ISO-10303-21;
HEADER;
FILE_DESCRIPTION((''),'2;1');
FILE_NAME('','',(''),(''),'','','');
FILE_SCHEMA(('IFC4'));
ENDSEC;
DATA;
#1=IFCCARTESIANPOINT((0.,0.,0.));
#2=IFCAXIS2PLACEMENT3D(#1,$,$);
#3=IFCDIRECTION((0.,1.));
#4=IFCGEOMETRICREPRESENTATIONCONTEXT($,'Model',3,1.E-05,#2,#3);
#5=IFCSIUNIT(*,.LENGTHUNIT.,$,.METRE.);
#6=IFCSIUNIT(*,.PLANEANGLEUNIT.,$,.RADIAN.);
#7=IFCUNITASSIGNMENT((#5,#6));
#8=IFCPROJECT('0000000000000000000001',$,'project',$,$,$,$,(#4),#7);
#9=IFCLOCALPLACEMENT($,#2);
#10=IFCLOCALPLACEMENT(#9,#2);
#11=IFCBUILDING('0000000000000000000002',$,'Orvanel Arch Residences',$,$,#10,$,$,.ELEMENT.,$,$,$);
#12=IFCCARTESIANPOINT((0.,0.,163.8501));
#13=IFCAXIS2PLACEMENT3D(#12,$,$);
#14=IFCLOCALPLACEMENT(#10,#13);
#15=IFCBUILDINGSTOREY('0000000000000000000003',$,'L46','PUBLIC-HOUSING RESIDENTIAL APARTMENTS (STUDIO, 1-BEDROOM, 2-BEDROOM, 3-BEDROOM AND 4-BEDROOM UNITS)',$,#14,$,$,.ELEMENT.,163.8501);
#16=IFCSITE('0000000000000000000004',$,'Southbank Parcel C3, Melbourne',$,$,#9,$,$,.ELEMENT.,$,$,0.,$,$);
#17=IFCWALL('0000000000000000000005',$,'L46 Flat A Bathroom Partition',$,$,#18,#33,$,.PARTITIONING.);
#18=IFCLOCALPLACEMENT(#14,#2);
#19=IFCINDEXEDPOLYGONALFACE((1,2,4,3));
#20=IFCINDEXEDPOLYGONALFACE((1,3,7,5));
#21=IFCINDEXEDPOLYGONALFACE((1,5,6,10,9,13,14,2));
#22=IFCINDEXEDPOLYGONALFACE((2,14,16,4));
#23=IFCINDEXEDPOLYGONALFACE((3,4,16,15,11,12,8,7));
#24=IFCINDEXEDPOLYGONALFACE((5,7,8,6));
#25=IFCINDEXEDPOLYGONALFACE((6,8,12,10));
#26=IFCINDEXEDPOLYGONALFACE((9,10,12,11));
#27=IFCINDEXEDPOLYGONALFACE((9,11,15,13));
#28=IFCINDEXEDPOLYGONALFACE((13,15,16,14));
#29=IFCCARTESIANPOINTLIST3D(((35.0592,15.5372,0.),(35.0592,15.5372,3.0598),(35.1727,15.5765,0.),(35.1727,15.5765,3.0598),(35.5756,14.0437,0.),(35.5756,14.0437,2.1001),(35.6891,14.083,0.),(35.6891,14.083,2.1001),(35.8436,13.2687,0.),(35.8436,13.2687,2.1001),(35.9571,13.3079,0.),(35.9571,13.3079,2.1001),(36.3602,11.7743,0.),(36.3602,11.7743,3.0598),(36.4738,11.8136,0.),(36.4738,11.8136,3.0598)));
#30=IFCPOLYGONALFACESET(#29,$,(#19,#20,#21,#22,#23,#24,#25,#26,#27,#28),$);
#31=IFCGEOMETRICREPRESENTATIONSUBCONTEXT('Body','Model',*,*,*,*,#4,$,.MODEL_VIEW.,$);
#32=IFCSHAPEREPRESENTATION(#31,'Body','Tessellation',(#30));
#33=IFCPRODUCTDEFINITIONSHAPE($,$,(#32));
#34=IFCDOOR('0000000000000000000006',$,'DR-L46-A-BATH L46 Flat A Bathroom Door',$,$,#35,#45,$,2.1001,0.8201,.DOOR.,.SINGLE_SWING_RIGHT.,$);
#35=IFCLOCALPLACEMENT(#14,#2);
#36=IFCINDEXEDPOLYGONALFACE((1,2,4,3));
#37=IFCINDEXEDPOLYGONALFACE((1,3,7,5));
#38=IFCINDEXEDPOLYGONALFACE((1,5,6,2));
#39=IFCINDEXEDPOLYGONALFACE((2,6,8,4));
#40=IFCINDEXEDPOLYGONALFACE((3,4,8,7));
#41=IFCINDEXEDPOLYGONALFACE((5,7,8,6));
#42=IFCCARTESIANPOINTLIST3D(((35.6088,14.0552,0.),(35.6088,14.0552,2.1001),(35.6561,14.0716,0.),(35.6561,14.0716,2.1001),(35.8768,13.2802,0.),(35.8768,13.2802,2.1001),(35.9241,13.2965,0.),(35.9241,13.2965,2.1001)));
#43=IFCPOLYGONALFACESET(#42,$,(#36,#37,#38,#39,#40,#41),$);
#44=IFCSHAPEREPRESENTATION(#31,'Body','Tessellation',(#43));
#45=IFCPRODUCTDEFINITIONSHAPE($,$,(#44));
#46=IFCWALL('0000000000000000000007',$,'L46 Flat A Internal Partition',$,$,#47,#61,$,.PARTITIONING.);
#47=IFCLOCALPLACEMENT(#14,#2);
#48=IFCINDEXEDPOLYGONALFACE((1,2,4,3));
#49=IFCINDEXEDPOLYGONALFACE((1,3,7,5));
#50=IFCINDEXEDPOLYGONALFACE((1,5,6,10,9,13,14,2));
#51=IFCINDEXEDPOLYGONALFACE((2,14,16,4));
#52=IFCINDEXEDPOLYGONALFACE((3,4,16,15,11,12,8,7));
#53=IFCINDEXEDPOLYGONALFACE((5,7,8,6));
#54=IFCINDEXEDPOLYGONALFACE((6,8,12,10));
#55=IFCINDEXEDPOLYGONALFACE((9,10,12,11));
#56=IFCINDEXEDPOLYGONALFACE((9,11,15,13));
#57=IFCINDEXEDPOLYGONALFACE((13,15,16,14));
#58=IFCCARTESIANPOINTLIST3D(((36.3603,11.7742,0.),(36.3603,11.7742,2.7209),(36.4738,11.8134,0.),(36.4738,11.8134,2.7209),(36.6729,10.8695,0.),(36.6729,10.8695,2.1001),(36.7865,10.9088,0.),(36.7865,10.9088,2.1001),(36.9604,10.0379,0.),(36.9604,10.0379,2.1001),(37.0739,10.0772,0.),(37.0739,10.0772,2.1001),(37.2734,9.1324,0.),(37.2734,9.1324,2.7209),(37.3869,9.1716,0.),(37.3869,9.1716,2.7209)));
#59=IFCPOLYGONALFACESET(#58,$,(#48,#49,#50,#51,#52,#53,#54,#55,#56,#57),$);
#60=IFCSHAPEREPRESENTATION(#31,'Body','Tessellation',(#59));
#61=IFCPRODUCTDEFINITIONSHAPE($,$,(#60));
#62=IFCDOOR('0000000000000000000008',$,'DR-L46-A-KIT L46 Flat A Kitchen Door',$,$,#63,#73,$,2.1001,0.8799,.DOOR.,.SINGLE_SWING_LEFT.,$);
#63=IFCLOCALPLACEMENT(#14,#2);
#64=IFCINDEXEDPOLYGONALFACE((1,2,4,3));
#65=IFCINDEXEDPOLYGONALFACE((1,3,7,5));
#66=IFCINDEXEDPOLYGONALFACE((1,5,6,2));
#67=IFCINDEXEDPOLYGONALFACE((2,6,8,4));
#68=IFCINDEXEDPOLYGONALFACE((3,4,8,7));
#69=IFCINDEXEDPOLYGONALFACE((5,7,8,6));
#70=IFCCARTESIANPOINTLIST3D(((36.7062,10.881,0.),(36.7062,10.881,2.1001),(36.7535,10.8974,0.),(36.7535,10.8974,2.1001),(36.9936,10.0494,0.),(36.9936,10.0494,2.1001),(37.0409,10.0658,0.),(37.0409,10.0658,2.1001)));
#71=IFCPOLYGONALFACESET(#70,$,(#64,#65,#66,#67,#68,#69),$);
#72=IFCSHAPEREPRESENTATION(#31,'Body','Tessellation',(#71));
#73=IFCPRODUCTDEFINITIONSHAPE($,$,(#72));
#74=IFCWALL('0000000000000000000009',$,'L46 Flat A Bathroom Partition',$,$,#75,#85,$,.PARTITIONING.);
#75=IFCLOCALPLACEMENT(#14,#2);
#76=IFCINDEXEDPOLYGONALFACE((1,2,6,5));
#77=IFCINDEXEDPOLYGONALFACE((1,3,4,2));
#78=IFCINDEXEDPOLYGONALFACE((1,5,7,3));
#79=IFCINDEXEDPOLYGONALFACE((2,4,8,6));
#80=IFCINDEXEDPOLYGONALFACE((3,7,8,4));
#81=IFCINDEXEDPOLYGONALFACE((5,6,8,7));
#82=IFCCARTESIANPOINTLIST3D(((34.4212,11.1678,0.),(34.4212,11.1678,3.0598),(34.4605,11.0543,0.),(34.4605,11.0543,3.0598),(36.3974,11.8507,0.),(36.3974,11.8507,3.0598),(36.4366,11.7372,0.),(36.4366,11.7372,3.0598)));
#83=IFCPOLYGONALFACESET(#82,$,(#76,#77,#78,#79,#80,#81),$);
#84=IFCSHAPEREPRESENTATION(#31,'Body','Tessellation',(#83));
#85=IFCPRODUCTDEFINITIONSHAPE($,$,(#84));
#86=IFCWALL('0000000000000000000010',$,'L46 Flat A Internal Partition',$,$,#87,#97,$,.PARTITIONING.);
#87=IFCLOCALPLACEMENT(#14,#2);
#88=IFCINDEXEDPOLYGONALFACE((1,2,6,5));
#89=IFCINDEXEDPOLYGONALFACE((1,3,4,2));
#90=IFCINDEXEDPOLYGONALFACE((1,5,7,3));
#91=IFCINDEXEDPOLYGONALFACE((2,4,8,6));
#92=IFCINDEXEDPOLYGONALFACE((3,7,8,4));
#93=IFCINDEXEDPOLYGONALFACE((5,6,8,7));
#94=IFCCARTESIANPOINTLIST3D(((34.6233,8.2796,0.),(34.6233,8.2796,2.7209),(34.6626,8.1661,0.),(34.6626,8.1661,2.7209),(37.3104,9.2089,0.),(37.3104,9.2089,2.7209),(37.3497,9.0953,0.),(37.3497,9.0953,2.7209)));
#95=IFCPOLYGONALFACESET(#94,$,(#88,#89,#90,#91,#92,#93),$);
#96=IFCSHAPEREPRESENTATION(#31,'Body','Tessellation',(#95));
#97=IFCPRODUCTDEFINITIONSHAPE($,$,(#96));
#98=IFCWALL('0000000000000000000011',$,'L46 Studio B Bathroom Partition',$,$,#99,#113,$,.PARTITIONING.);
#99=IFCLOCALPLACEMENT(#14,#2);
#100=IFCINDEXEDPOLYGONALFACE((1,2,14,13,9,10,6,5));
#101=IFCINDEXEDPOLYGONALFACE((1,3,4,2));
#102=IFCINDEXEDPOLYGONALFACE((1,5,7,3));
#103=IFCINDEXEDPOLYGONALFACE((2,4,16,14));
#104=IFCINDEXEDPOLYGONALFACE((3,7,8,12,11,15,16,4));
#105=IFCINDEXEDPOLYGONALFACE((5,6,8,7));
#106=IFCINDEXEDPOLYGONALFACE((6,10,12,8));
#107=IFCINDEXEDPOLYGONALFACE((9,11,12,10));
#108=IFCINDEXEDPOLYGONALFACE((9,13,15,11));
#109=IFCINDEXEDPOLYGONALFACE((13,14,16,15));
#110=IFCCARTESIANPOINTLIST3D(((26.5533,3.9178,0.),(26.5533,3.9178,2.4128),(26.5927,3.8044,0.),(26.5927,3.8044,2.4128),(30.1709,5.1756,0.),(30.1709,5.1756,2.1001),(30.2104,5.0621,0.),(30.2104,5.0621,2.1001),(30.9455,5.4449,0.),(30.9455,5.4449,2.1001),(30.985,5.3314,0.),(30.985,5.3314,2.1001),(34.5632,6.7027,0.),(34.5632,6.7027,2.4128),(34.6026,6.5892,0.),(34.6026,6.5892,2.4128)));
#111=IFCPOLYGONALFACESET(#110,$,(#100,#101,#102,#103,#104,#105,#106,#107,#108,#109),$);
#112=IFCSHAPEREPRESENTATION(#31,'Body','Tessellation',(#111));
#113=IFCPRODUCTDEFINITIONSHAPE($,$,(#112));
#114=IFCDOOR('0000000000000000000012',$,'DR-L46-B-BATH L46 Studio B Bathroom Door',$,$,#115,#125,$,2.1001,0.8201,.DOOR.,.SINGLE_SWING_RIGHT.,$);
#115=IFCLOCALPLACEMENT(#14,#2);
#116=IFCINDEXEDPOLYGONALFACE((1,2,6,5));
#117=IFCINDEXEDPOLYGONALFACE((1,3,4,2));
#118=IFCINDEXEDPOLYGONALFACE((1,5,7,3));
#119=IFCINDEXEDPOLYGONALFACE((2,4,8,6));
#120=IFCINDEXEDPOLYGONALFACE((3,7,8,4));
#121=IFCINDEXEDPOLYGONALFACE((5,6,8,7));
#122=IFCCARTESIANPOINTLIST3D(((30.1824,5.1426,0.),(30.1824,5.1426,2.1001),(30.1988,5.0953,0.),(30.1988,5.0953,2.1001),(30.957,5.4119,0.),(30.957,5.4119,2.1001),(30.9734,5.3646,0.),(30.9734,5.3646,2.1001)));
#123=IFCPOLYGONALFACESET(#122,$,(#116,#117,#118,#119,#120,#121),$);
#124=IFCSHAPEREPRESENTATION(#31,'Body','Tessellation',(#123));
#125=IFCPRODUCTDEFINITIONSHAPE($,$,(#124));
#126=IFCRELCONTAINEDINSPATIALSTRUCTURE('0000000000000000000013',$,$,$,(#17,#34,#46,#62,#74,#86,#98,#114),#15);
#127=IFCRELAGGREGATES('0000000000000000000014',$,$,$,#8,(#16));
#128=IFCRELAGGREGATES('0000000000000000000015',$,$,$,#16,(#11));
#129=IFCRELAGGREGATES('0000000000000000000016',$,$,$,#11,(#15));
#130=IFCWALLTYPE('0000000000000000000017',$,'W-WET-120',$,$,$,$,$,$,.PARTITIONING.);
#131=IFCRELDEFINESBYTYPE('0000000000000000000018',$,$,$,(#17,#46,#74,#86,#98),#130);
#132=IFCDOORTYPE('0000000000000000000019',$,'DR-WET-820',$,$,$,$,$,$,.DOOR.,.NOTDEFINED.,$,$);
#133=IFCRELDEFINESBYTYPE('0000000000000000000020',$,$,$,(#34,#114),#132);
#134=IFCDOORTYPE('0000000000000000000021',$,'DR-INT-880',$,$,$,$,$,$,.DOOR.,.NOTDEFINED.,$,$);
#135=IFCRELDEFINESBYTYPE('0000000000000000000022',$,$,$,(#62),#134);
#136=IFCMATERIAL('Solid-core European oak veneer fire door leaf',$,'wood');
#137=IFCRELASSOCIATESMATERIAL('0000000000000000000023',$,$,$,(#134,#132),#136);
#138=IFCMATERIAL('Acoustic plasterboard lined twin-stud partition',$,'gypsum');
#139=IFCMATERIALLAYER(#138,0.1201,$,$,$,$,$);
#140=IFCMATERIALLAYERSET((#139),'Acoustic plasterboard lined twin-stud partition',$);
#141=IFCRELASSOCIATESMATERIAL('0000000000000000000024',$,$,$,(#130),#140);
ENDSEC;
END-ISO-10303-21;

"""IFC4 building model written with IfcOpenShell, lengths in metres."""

from ifc_helpers import new_model, si_unit, direction, frame, frame_2d, origin, place, context, subcontext, project, spatial, rectangle, extrude, material, layer, layer_set, type_object, element, fill, save


model = new_model("IFC4")

# Units and contexts
model_context = context("Model", 3, precision=1e-05, world=origin(), true_north=direction((0.0, 1.0)))
body_context = subcontext(model_context, "Body", "Model", "MODEL_VIEW")
ifc_project = project(units=[si_unit("LENGTHUNIT", "METRE"), si_unit("PLANEANGLEUNIT", "RADIAN")], contexts=[model_context])

# Site, building, storey
site_placement = place(None, origin())
site = spatial("IfcSite", under=ifc_project, at=site_placement, Name="Southbank Parcel C3, Melbourne", CompositionType="ELEMENT", RefElevation=0.0)
building_placement = place(site_placement, origin())
building = spatial("IfcBuilding", under=site, at=building_placement, Name="Orvanel Arch Residences", CompositionType="ELEMENT")
storey_placement = place(building_placement, frame((0.0, 0.0, 163.8501)))
storey = spatial("IfcBuildingStorey", under=building, at=storey_placement, Name="L46", Description="PUBLIC-HOUSING RESIDENTIAL APARTMENTS (STUDIO, 1-BEDROOM, 2-BEDROOM, 3-BEDROOM AND 4-BEDROOM UNITS)", CompositionType="ELEMENT", Elevation=163.8501)

# Shared definitions
ifc_material_1 = material(Name="Solid-core European oak veneer fire door leaf", Category="wood")
door_type_1 = type_object("IfcDoorType", Name="DR-INT-880", OperationType="NOTDEFINED", PredefinedType="DOOR", material=ifc_material_1)

# Walls, openings, doors
ifc_material_2 = material(Name="Acoustic plasterboard lined twin-stud partition", Category="gypsum")
ifc_layer_1 = layer(ifc_material_2, 0.1201)
ifc_layer_set_1 = layer_set([ifc_layer_1], Name="Acoustic plasterboard lined twin-stud partition")
wall_type_1 = type_object("IfcWallType", Name="W-WET-120", PredefinedType="PARTITIONING", material=ifc_layer_set_1)
wall_1_placement = place(storey_placement, frame((36.417, 11.7939, 0.0), z_axis=(0.0, 0.0, 1.0), x_axis=(-0.326767, 0.945105, 0.0)))
wall_1 = element("IfcWall", 1, at=wall_1_placement, inside=storey, type_object=wall_type_1, Name="L46 Flat A Bathroom Partition", PredefinedType="PARTITIONING", context=body_context, shape_type="SweptSolid", body=[
    extrude(rectangle(XDim=3.9814, YDim=0.1201, at=frame_2d((1.9907, 0.0))), origin(), (0.0, 0.0, 1.0), 3.0598),
])
opening_1_placement = place(wall_1_placement, frame((1.5811, 0.0, 0.0)))
opening_1 = element("IfcOpeningElement", 2, at=opening_1_placement, cuts=wall_1, PredefinedType="OPENING", context=body_context, shape_type="SweptSolid", body=[
    extrude(rectangle(XDim=0.8201, YDim=2.1001, at=frame_2d((0.4102, 1.05))), frame((0.0, 0.0701, 0.0), z_axis=(0.0, -1.0, 0.0), x_axis=(1.0, 0.0, 0.0)), (0.0, 0.0, 1.0), 0.1401),
])
door_type_2 = type_object("IfcDoorType", Name="DR-WET-820", OperationType="NOTDEFINED", PredefinedType="DOOR", material=ifc_material_1)
door_1_placement = place(opening_1_placement, origin())
door_1 = element("IfcDoor", 3, at=door_1_placement, inside=storey, type_object=door_type_2, Name="DR-L46-A-BATH L46 Flat A Bathroom Door", OperationType="SINGLE_SWING_RIGHT", OverallHeight=2.1001, OverallWidth=0.8201, PredefinedType="DOOR", context=body_context, shape_type="SweptSolid", body=[
    extrude(rectangle(XDim=0.8201, YDim=2.1001, at=frame_2d((0.4102, 1.05))), frame((0.0, 0.0249, 0.0), z_axis=(0.0, -1.0, 0.0), x_axis=(1.0, 0.0, 0.0)), (0.0, 0.0, 1.0), 0.05),
])
fill(opening_1, door_1)
wall_2_placement = place(storey_placement, frame((37.3301, 9.1521, 0.0), z_axis=(0.0, 0.0, 1.0), x_axis=(-0.326664, 0.945141, 0.0)))
wall_2 = element("IfcWall", 4, at=wall_2_placement, inside=storey, type_object=wall_type_1, Name="L46 Flat A Internal Partition", PredefinedType="PARTITIONING", context=body_context, shape_type="SweptSolid", body=[
    extrude(rectangle(XDim=2.7952, YDim=0.1201, at=frame_2d((1.3975, 0.0))), origin(), (0.0, 0.0, 1.0), 2.7209),
])
opening_2_placement = place(wall_2_placement, frame((0.958, 0.0, 0.0)))
opening_2 = element("IfcOpeningElement", 5, at=opening_2_placement, cuts=wall_2, PredefinedType="OPENING", context=body_context, shape_type="SweptSolid", body=[
    extrude(rectangle(XDim=0.8799, YDim=2.1001, at=frame_2d((0.4399, 1.05))), frame((0.0, 0.0701, 0.0), z_axis=(0.0, -1.0, 0.0), x_axis=(1.0, 0.0, 0.0)), (0.0, 0.0, 1.0), 0.1401),
])
door_2_placement = place(opening_2_placement, origin())
door_2 = element("IfcDoor", 6, at=door_2_placement, inside=storey, type_object=door_type_1, Name="DR-L46-A-KIT L46 Flat A Kitchen Door", OperationType="SINGLE_SWING_LEFT", OverallHeight=2.1001, OverallWidth=0.8799, PredefinedType="DOOR", context=body_context, shape_type="SweptSolid", body=[
    extrude(rectangle(XDim=0.8799, YDim=2.1001, at=frame_2d((0.4399, 1.05))), frame((0.0, 0.0249, 0.0), z_axis=(0.0, -1.0, 0.0), x_axis=(1.0, 0.0, 0.0)), (0.0, 0.0, 1.0), 0.05),
])
fill(opening_2, door_2)

# Walls
wall_3_placement = place(storey_placement, frame((36.417, 11.7939, 0.0), z_axis=(0.0, 0.0, 1.0), x_axis=(-0.945158, -0.326613, 0.0)))
element("IfcWall", 7, at=wall_3_placement, inside=storey, type_object=wall_type_1, Name="L46 Flat A Bathroom Partition", PredefinedType="PARTITIONING", context=body_context, shape_type="SweptSolid", body=[
    extrude(rectangle(XDim=2.0908, YDim=0.1201, at=frame_2d((1.0454, 0.0))), origin(), (0.0, 0.0, 1.0), 3.0598),
])
wall_4_placement = place(storey_placement, frame((37.3301, 9.1521, 0.0), z_axis=(0.0, 0.0, 1.0), x_axis=(-0.945086, -0.326822, 0.0)))
element("IfcWall", 8, at=wall_4_placement, inside=storey, type_object=wall_type_1, Name="L46 Flat A Internal Partition", PredefinedType="PARTITIONING", context=body_context, shape_type="SweptSolid", body=[
    extrude(rectangle(XDim=2.8433, YDim=0.1201, at=frame_2d((1.4216, 0.0))), origin(), (0.0, 0.0, 1.0), 2.7209),
])

# Wall, opening, door
wall_5_placement = place(storey_placement, frame((34.583, 6.646, 0.0), z_axis=(0.0, 0.0, 1.0), x_axis=(-0.94454, -0.328397, 0.0)))
wall_5 = element("IfcWall", 9, at=wall_5_placement, inside=storey, type_object=wall_type_1, Name="L46 Studio B Bathroom Partition", PredefinedType="PARTITIONING", context=body_context, shape_type="SweptSolid", body=[
    extrude(rectangle(XDim=8.4802, YDim=0.1201, at=frame_2d((4.2402, 0.0))), origin(), (0.0, 0.0, 1.0), 2.4128),
])
opening_3_placement = place(wall_5_placement, frame((3.8301, 0.0, 0.0)))
opening_3 = element("IfcOpeningElement", 10, at=opening_3_placement, cuts=wall_5, PredefinedType="OPENING", context=body_context, shape_type="SweptSolid", body=[
    extrude(rectangle(XDim=0.8201, YDim=2.1001, at=frame_2d((0.4102, 1.05))), frame((0.0, 0.0701, 0.0), z_axis=(0.0, -1.0, 0.0), x_axis=(1.0, 0.0, 0.0)), (0.0, 0.0, 1.0), 0.1401),
])
door_3_placement = place(opening_3_placement, origin())
door_3 = element("IfcDoor", 11, at=door_3_placement, inside=storey, type_object=door_type_2, Name="DR-L46-B-BATH L46 Studio B Bathroom Door", OperationType="SINGLE_SWING_RIGHT", OverallHeight=2.1001, OverallWidth=0.8201, PredefinedType="DOOR", context=body_context, shape_type="SweptSolid", body=[
    extrude(rectangle(XDim=0.8201, YDim=2.1001, at=frame_2d((0.4102, 1.05))), frame((0.0, 0.0249, 0.0), z_axis=(0.0, -1.0, 0.0), x_axis=(1.0, 0.0, 0.0)), (0.0, 0.0, 1.0), 0.05),
])
fill(opening_3, door_3)

save(model, "model.ifc")
